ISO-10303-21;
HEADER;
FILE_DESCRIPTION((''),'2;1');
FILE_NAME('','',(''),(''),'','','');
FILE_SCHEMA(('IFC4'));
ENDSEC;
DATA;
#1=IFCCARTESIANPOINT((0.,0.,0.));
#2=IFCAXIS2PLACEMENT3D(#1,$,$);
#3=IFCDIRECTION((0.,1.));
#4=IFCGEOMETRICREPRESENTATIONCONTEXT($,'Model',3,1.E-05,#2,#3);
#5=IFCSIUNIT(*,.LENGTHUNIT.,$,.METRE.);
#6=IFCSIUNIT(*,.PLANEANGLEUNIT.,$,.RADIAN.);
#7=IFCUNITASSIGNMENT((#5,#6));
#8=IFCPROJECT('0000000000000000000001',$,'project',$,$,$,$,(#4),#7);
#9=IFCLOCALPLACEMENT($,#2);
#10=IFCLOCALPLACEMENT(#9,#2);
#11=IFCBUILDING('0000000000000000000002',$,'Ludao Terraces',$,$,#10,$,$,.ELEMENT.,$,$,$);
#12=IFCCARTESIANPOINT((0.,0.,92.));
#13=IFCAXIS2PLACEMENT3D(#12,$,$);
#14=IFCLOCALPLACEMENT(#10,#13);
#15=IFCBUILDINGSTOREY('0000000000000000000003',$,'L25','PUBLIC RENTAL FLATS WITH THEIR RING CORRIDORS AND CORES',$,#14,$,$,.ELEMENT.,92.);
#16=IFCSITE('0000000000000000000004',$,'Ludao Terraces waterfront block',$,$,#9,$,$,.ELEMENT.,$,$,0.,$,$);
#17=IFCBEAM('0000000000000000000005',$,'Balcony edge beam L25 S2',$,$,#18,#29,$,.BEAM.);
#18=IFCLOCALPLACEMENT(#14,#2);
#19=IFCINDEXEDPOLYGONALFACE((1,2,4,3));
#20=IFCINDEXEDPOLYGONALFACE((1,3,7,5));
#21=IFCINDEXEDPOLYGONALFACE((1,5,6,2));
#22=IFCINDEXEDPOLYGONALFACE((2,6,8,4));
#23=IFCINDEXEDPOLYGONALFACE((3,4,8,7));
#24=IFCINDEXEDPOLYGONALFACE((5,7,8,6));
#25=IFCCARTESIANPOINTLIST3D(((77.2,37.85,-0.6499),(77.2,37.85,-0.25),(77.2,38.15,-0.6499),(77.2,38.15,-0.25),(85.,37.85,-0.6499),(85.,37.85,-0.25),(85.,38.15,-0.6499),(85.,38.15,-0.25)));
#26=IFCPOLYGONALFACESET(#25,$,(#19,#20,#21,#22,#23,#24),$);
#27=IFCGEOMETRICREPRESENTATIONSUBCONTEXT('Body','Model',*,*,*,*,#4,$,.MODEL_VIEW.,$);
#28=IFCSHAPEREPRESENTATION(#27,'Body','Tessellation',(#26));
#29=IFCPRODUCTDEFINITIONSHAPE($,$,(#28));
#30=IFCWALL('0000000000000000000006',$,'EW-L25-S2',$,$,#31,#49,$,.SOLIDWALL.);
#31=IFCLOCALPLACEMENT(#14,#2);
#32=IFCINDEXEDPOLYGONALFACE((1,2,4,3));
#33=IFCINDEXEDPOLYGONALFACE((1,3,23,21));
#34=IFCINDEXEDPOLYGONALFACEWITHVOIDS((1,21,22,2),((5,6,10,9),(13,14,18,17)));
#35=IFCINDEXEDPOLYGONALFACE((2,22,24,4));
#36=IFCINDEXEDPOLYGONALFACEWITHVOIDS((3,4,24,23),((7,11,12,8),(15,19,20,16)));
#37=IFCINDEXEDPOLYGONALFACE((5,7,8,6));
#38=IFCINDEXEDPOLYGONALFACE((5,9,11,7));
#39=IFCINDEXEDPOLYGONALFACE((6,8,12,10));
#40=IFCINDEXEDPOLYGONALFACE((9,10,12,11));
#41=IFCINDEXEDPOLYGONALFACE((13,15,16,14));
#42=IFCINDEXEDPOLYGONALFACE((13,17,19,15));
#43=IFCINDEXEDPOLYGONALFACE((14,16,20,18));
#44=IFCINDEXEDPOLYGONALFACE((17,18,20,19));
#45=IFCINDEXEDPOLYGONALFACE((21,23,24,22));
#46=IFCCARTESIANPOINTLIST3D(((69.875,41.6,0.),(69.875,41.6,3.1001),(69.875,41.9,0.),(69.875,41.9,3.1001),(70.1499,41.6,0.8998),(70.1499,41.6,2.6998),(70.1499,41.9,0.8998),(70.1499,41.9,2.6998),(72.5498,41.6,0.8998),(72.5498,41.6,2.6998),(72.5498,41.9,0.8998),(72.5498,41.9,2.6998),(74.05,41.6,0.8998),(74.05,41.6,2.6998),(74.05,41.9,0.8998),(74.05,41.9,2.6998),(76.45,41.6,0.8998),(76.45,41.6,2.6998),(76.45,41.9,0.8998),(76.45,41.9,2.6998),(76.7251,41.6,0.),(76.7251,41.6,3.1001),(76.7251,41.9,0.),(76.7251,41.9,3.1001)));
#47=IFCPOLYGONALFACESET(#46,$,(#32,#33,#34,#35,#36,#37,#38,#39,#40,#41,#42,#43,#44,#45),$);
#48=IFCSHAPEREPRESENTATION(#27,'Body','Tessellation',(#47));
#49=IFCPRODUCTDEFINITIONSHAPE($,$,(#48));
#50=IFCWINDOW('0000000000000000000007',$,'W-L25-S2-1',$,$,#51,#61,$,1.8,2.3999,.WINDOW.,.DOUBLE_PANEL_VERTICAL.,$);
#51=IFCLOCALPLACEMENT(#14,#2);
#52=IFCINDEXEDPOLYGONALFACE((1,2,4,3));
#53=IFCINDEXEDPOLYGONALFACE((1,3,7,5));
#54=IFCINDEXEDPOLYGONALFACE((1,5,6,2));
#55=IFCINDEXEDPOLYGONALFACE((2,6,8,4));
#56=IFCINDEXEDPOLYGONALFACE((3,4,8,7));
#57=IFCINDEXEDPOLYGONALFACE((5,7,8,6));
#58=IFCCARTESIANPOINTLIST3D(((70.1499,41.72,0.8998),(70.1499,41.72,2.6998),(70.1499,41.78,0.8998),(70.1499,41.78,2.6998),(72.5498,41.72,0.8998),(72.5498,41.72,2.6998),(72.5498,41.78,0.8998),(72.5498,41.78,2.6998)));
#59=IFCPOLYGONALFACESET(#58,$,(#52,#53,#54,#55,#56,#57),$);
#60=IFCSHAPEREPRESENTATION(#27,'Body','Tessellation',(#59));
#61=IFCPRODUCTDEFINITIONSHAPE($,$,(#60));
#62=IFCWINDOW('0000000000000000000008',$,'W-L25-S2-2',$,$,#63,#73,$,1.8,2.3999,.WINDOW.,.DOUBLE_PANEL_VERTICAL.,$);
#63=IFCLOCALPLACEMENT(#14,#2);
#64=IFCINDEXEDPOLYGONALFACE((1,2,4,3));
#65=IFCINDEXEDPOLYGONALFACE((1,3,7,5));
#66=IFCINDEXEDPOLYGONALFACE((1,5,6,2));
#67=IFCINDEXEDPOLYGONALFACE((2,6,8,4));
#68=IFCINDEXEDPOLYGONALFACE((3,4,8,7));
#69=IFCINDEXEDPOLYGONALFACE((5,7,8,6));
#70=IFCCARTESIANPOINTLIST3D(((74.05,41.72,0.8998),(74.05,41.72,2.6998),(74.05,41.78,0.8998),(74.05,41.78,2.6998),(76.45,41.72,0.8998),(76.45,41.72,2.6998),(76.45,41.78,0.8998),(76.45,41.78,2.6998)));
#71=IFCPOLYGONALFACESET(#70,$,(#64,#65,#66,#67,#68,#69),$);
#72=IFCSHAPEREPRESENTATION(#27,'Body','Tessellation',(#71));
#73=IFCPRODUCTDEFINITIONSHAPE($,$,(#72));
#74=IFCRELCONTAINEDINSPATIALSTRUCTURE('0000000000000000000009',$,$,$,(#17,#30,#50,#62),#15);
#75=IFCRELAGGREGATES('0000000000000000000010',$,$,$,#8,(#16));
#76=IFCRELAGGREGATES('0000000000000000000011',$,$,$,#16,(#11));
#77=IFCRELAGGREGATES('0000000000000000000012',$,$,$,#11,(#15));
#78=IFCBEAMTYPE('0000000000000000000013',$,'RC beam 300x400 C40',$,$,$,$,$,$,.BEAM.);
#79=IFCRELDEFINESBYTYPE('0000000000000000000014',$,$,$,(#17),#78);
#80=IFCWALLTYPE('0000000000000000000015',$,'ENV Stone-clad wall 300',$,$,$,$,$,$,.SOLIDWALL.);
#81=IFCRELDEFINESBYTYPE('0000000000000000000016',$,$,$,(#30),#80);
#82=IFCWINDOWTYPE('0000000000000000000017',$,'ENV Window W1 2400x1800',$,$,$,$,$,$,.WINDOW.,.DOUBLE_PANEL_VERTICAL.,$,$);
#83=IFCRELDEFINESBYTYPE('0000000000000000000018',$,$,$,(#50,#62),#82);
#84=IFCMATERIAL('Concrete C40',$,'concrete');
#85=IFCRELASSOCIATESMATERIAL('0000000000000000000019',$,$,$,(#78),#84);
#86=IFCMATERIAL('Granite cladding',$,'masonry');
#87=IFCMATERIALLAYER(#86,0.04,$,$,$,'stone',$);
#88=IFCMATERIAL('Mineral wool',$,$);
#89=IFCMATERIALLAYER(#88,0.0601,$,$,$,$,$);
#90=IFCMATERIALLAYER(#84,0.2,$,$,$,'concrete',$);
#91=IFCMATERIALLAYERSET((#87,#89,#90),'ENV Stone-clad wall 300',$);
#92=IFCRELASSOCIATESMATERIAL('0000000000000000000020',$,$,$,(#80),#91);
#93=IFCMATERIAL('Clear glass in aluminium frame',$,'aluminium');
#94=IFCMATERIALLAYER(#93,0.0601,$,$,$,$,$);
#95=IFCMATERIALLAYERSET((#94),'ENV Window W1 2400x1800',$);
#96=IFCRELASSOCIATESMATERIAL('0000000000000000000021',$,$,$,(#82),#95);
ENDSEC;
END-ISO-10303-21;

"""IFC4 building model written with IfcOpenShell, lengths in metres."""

from ifc_helpers import new_model, si_unit, direction, frame, frame_2d, origin, origin_2d, place, context, subcontext, project, spatial, rectangle, extrude, material, layer, layer_set, material_profile, profile_set, type_object, element, fill, save


model = new_model("IFC4")

# Units and contexts
model_context = context("Model", 3, precision=1e-05, world=origin(), true_north=direction((0.0, 1.0)))
body_context = subcontext(model_context, "Body", "Model", "MODEL_VIEW")
ifc_project = project(units=[si_unit("LENGTHUNIT", "METRE"), si_unit("PLANEANGLEUNIT", "RADIAN")], contexts=[model_context])

# Site, building, storey
site_placement = place(None, origin())
site = spatial("IfcSite", under=ifc_project, at=site_placement, Name="Ludao Terraces waterfront block", CompositionType="ELEMENT", RefElevation=0.0)
building_placement = place(site_placement, origin())
building = spatial("IfcBuilding", under=site, at=building_placement, Name="Ludao Terraces", CompositionType="ELEMENT")
storey_placement = place(building_placement, frame((0.0, 0.0, 92.0)))
storey = spatial("IfcBuildingStorey", under=building, at=storey_placement, Name="L25", Description="PUBLIC RENTAL FLATS WITH THEIR RING CORRIDORS AND CORES", CompositionType="ELEMENT", Elevation=92.0)

# Beam
ifc_material_1 = material(Name="Concrete C40", Category="concrete")
ifc_material_profile = material_profile(ifc_material_1, rectangle(XDim=0.3, YDim=0.3999, at=origin_2d()), Name="300 X 400")
ifc_profile_set = profile_set([ifc_material_profile], Name="Concrete C40")
beam_type = type_object("IfcBeamType", Name="RC beam 300x400 C40", PredefinedType="BEAM", material=ifc_profile_set)
beam_placement = place(storey_placement, frame((77.2, 38.0, -0.45), z_axis=(1.0, 0.0, 0.0), x_axis=(0.0, 1.0, 0.0)))
element("IfcBeam", 1, at=beam_placement, inside=storey, type_object=beam_type, Name="Balcony edge beam L25 S2", PredefinedType="BEAM", context=body_context, shape_type="SweptSolid", body=[
    extrude(rectangle(XDim=0.3, YDim=0.3999, at=origin_2d()), origin(), (0.0, 0.0, 1.0), 7.8),
])

# Wall, openings, windows
ifc_material_2 = material(Name="Granite cladding", Category="masonry")
ifc_layer_1 = layer(ifc_material_2, 0.04, Category="stone")
ifc_material_3 = material(Name="Mineral wool")
ifc_layer_2 = layer(ifc_material_3, 0.0601)
ifc_layer_3 = layer(ifc_material_1, 0.2, Category="concrete")
ifc_layer_set_1 = layer_set([ifc_layer_1, ifc_layer_2, ifc_layer_3], Name="ENV Stone-clad wall 300")
wall_type_1 = type_object("IfcWallType", Name="ENV Stone-clad wall 300", PredefinedType="SOLIDWALL", material=ifc_layer_set_1)
wall_1_placement = place(storey_placement, frame((69.875, 41.75, 0.0), z_axis=(0.0, 0.0, 1.0), x_axis=(1.0, 0.0, 0.0)))
wall_1 = element("IfcWall", 2, at=wall_1_placement, inside=storey, type_object=wall_type_1, Name="EW-L25-S2", PredefinedType="SOLIDWALL", context=body_context, shape_type="SweptSolid", body=[
    extrude(rectangle(XDim=6.8501, YDim=0.3, at=frame_2d((3.425, 0.0))), origin(), (0.0, 0.0, 1.0), 3.1001),
])
opening_1_placement = place(wall_1_placement, frame((0.2749, 0.0, 0.8999)))
opening_1 = element("IfcOpeningElement", 3, at=opening_1_placement, cuts=wall_1, PredefinedType="OPENING", context=body_context, shape_type="SweptSolid", body=[
    extrude(rectangle(XDim=2.3999, YDim=1.8, at=frame_2d((1.2, 0.8999))), frame((0.0, 0.1602, 0.0), z_axis=(0.0, -1.0, 0.0), x_axis=(1.0, 0.0, 0.0)), (0.0, 0.0, 1.0), 0.3201),
])
opening_2_placement = place(wall_1_placement, frame((4.175, 0.0, 0.8999)))
opening_2 = element("IfcOpeningElement", 4, at=opening_2_placement, cuts=wall_1, PredefinedType="OPENING", context=body_context, shape_type="SweptSolid", body=[
    extrude(rectangle(XDim=2.3999, YDim=1.8, at=frame_2d((1.2, 0.8999))), frame((0.0, 0.1602, 0.0), z_axis=(0.0, -1.0, 0.0), x_axis=(1.0, 0.0, 0.0)), (0.0, 0.0, 1.0), 0.3201),
])
ifc_material_4 = material(Name="Clear glass in aluminium frame", Category="aluminium")
ifc_layer_4 = layer(ifc_material_4, 0.0601)
ifc_layer_set_2 = layer_set([ifc_layer_4], Name="ENV Window W1 2400x1800")
window_type = type_object("IfcWindowType", Name="ENV Window W1 2400x1800", PartitioningType="DOUBLE_PANEL_VERTICAL", PredefinedType="WINDOW", material=ifc_layer_set_2)
window_1_placement = place(opening_1_placement, origin())
window_1 = element("IfcWindow", 5, at=window_1_placement, inside=storey, type_object=window_type, Name="W-L25-S2-1", OverallHeight=1.8, OverallWidth=2.3999, PartitioningType="DOUBLE_PANEL_VERTICAL", PredefinedType="WINDOW", context=body_context, shape_type="SweptSolid", body=[
    extrude(rectangle(XDim=2.3999, YDim=1.8, at=frame_2d((1.2, 0.8999))), frame((0.0, 0.03, 0.0), z_axis=(0.0, -1.0, 0.0), x_axis=(1.0, 0.0, 0.0)), (0.0, 0.0, 1.0), 0.0601),
])
fill(opening_1, window_1)
window_2_placement = place(opening_2_placement, origin())
window_2 = element("IfcWindow", 6, at=window_2_placement, inside=storey, type_object=window_type, Name="W-L25-S2-2", OverallHeight=1.8, OverallWidth=2.3999, PartitioningType="DOUBLE_PANEL_VERTICAL", PredefinedType="WINDOW", context=body_context, shape_type="SweptSolid", body=[
    extrude(rectangle(XDim=2.3999, YDim=1.8, at=frame_2d((1.2, 0.8999))), frame((0.0, 0.03, 0.0), z_axis=(0.0, -1.0, 0.0), x_axis=(1.0, 0.0, 0.0)), (0.0, 0.0, 1.0), 0.0601),
])
fill(opening_2, window_2)

save(model, "model.ifc")
